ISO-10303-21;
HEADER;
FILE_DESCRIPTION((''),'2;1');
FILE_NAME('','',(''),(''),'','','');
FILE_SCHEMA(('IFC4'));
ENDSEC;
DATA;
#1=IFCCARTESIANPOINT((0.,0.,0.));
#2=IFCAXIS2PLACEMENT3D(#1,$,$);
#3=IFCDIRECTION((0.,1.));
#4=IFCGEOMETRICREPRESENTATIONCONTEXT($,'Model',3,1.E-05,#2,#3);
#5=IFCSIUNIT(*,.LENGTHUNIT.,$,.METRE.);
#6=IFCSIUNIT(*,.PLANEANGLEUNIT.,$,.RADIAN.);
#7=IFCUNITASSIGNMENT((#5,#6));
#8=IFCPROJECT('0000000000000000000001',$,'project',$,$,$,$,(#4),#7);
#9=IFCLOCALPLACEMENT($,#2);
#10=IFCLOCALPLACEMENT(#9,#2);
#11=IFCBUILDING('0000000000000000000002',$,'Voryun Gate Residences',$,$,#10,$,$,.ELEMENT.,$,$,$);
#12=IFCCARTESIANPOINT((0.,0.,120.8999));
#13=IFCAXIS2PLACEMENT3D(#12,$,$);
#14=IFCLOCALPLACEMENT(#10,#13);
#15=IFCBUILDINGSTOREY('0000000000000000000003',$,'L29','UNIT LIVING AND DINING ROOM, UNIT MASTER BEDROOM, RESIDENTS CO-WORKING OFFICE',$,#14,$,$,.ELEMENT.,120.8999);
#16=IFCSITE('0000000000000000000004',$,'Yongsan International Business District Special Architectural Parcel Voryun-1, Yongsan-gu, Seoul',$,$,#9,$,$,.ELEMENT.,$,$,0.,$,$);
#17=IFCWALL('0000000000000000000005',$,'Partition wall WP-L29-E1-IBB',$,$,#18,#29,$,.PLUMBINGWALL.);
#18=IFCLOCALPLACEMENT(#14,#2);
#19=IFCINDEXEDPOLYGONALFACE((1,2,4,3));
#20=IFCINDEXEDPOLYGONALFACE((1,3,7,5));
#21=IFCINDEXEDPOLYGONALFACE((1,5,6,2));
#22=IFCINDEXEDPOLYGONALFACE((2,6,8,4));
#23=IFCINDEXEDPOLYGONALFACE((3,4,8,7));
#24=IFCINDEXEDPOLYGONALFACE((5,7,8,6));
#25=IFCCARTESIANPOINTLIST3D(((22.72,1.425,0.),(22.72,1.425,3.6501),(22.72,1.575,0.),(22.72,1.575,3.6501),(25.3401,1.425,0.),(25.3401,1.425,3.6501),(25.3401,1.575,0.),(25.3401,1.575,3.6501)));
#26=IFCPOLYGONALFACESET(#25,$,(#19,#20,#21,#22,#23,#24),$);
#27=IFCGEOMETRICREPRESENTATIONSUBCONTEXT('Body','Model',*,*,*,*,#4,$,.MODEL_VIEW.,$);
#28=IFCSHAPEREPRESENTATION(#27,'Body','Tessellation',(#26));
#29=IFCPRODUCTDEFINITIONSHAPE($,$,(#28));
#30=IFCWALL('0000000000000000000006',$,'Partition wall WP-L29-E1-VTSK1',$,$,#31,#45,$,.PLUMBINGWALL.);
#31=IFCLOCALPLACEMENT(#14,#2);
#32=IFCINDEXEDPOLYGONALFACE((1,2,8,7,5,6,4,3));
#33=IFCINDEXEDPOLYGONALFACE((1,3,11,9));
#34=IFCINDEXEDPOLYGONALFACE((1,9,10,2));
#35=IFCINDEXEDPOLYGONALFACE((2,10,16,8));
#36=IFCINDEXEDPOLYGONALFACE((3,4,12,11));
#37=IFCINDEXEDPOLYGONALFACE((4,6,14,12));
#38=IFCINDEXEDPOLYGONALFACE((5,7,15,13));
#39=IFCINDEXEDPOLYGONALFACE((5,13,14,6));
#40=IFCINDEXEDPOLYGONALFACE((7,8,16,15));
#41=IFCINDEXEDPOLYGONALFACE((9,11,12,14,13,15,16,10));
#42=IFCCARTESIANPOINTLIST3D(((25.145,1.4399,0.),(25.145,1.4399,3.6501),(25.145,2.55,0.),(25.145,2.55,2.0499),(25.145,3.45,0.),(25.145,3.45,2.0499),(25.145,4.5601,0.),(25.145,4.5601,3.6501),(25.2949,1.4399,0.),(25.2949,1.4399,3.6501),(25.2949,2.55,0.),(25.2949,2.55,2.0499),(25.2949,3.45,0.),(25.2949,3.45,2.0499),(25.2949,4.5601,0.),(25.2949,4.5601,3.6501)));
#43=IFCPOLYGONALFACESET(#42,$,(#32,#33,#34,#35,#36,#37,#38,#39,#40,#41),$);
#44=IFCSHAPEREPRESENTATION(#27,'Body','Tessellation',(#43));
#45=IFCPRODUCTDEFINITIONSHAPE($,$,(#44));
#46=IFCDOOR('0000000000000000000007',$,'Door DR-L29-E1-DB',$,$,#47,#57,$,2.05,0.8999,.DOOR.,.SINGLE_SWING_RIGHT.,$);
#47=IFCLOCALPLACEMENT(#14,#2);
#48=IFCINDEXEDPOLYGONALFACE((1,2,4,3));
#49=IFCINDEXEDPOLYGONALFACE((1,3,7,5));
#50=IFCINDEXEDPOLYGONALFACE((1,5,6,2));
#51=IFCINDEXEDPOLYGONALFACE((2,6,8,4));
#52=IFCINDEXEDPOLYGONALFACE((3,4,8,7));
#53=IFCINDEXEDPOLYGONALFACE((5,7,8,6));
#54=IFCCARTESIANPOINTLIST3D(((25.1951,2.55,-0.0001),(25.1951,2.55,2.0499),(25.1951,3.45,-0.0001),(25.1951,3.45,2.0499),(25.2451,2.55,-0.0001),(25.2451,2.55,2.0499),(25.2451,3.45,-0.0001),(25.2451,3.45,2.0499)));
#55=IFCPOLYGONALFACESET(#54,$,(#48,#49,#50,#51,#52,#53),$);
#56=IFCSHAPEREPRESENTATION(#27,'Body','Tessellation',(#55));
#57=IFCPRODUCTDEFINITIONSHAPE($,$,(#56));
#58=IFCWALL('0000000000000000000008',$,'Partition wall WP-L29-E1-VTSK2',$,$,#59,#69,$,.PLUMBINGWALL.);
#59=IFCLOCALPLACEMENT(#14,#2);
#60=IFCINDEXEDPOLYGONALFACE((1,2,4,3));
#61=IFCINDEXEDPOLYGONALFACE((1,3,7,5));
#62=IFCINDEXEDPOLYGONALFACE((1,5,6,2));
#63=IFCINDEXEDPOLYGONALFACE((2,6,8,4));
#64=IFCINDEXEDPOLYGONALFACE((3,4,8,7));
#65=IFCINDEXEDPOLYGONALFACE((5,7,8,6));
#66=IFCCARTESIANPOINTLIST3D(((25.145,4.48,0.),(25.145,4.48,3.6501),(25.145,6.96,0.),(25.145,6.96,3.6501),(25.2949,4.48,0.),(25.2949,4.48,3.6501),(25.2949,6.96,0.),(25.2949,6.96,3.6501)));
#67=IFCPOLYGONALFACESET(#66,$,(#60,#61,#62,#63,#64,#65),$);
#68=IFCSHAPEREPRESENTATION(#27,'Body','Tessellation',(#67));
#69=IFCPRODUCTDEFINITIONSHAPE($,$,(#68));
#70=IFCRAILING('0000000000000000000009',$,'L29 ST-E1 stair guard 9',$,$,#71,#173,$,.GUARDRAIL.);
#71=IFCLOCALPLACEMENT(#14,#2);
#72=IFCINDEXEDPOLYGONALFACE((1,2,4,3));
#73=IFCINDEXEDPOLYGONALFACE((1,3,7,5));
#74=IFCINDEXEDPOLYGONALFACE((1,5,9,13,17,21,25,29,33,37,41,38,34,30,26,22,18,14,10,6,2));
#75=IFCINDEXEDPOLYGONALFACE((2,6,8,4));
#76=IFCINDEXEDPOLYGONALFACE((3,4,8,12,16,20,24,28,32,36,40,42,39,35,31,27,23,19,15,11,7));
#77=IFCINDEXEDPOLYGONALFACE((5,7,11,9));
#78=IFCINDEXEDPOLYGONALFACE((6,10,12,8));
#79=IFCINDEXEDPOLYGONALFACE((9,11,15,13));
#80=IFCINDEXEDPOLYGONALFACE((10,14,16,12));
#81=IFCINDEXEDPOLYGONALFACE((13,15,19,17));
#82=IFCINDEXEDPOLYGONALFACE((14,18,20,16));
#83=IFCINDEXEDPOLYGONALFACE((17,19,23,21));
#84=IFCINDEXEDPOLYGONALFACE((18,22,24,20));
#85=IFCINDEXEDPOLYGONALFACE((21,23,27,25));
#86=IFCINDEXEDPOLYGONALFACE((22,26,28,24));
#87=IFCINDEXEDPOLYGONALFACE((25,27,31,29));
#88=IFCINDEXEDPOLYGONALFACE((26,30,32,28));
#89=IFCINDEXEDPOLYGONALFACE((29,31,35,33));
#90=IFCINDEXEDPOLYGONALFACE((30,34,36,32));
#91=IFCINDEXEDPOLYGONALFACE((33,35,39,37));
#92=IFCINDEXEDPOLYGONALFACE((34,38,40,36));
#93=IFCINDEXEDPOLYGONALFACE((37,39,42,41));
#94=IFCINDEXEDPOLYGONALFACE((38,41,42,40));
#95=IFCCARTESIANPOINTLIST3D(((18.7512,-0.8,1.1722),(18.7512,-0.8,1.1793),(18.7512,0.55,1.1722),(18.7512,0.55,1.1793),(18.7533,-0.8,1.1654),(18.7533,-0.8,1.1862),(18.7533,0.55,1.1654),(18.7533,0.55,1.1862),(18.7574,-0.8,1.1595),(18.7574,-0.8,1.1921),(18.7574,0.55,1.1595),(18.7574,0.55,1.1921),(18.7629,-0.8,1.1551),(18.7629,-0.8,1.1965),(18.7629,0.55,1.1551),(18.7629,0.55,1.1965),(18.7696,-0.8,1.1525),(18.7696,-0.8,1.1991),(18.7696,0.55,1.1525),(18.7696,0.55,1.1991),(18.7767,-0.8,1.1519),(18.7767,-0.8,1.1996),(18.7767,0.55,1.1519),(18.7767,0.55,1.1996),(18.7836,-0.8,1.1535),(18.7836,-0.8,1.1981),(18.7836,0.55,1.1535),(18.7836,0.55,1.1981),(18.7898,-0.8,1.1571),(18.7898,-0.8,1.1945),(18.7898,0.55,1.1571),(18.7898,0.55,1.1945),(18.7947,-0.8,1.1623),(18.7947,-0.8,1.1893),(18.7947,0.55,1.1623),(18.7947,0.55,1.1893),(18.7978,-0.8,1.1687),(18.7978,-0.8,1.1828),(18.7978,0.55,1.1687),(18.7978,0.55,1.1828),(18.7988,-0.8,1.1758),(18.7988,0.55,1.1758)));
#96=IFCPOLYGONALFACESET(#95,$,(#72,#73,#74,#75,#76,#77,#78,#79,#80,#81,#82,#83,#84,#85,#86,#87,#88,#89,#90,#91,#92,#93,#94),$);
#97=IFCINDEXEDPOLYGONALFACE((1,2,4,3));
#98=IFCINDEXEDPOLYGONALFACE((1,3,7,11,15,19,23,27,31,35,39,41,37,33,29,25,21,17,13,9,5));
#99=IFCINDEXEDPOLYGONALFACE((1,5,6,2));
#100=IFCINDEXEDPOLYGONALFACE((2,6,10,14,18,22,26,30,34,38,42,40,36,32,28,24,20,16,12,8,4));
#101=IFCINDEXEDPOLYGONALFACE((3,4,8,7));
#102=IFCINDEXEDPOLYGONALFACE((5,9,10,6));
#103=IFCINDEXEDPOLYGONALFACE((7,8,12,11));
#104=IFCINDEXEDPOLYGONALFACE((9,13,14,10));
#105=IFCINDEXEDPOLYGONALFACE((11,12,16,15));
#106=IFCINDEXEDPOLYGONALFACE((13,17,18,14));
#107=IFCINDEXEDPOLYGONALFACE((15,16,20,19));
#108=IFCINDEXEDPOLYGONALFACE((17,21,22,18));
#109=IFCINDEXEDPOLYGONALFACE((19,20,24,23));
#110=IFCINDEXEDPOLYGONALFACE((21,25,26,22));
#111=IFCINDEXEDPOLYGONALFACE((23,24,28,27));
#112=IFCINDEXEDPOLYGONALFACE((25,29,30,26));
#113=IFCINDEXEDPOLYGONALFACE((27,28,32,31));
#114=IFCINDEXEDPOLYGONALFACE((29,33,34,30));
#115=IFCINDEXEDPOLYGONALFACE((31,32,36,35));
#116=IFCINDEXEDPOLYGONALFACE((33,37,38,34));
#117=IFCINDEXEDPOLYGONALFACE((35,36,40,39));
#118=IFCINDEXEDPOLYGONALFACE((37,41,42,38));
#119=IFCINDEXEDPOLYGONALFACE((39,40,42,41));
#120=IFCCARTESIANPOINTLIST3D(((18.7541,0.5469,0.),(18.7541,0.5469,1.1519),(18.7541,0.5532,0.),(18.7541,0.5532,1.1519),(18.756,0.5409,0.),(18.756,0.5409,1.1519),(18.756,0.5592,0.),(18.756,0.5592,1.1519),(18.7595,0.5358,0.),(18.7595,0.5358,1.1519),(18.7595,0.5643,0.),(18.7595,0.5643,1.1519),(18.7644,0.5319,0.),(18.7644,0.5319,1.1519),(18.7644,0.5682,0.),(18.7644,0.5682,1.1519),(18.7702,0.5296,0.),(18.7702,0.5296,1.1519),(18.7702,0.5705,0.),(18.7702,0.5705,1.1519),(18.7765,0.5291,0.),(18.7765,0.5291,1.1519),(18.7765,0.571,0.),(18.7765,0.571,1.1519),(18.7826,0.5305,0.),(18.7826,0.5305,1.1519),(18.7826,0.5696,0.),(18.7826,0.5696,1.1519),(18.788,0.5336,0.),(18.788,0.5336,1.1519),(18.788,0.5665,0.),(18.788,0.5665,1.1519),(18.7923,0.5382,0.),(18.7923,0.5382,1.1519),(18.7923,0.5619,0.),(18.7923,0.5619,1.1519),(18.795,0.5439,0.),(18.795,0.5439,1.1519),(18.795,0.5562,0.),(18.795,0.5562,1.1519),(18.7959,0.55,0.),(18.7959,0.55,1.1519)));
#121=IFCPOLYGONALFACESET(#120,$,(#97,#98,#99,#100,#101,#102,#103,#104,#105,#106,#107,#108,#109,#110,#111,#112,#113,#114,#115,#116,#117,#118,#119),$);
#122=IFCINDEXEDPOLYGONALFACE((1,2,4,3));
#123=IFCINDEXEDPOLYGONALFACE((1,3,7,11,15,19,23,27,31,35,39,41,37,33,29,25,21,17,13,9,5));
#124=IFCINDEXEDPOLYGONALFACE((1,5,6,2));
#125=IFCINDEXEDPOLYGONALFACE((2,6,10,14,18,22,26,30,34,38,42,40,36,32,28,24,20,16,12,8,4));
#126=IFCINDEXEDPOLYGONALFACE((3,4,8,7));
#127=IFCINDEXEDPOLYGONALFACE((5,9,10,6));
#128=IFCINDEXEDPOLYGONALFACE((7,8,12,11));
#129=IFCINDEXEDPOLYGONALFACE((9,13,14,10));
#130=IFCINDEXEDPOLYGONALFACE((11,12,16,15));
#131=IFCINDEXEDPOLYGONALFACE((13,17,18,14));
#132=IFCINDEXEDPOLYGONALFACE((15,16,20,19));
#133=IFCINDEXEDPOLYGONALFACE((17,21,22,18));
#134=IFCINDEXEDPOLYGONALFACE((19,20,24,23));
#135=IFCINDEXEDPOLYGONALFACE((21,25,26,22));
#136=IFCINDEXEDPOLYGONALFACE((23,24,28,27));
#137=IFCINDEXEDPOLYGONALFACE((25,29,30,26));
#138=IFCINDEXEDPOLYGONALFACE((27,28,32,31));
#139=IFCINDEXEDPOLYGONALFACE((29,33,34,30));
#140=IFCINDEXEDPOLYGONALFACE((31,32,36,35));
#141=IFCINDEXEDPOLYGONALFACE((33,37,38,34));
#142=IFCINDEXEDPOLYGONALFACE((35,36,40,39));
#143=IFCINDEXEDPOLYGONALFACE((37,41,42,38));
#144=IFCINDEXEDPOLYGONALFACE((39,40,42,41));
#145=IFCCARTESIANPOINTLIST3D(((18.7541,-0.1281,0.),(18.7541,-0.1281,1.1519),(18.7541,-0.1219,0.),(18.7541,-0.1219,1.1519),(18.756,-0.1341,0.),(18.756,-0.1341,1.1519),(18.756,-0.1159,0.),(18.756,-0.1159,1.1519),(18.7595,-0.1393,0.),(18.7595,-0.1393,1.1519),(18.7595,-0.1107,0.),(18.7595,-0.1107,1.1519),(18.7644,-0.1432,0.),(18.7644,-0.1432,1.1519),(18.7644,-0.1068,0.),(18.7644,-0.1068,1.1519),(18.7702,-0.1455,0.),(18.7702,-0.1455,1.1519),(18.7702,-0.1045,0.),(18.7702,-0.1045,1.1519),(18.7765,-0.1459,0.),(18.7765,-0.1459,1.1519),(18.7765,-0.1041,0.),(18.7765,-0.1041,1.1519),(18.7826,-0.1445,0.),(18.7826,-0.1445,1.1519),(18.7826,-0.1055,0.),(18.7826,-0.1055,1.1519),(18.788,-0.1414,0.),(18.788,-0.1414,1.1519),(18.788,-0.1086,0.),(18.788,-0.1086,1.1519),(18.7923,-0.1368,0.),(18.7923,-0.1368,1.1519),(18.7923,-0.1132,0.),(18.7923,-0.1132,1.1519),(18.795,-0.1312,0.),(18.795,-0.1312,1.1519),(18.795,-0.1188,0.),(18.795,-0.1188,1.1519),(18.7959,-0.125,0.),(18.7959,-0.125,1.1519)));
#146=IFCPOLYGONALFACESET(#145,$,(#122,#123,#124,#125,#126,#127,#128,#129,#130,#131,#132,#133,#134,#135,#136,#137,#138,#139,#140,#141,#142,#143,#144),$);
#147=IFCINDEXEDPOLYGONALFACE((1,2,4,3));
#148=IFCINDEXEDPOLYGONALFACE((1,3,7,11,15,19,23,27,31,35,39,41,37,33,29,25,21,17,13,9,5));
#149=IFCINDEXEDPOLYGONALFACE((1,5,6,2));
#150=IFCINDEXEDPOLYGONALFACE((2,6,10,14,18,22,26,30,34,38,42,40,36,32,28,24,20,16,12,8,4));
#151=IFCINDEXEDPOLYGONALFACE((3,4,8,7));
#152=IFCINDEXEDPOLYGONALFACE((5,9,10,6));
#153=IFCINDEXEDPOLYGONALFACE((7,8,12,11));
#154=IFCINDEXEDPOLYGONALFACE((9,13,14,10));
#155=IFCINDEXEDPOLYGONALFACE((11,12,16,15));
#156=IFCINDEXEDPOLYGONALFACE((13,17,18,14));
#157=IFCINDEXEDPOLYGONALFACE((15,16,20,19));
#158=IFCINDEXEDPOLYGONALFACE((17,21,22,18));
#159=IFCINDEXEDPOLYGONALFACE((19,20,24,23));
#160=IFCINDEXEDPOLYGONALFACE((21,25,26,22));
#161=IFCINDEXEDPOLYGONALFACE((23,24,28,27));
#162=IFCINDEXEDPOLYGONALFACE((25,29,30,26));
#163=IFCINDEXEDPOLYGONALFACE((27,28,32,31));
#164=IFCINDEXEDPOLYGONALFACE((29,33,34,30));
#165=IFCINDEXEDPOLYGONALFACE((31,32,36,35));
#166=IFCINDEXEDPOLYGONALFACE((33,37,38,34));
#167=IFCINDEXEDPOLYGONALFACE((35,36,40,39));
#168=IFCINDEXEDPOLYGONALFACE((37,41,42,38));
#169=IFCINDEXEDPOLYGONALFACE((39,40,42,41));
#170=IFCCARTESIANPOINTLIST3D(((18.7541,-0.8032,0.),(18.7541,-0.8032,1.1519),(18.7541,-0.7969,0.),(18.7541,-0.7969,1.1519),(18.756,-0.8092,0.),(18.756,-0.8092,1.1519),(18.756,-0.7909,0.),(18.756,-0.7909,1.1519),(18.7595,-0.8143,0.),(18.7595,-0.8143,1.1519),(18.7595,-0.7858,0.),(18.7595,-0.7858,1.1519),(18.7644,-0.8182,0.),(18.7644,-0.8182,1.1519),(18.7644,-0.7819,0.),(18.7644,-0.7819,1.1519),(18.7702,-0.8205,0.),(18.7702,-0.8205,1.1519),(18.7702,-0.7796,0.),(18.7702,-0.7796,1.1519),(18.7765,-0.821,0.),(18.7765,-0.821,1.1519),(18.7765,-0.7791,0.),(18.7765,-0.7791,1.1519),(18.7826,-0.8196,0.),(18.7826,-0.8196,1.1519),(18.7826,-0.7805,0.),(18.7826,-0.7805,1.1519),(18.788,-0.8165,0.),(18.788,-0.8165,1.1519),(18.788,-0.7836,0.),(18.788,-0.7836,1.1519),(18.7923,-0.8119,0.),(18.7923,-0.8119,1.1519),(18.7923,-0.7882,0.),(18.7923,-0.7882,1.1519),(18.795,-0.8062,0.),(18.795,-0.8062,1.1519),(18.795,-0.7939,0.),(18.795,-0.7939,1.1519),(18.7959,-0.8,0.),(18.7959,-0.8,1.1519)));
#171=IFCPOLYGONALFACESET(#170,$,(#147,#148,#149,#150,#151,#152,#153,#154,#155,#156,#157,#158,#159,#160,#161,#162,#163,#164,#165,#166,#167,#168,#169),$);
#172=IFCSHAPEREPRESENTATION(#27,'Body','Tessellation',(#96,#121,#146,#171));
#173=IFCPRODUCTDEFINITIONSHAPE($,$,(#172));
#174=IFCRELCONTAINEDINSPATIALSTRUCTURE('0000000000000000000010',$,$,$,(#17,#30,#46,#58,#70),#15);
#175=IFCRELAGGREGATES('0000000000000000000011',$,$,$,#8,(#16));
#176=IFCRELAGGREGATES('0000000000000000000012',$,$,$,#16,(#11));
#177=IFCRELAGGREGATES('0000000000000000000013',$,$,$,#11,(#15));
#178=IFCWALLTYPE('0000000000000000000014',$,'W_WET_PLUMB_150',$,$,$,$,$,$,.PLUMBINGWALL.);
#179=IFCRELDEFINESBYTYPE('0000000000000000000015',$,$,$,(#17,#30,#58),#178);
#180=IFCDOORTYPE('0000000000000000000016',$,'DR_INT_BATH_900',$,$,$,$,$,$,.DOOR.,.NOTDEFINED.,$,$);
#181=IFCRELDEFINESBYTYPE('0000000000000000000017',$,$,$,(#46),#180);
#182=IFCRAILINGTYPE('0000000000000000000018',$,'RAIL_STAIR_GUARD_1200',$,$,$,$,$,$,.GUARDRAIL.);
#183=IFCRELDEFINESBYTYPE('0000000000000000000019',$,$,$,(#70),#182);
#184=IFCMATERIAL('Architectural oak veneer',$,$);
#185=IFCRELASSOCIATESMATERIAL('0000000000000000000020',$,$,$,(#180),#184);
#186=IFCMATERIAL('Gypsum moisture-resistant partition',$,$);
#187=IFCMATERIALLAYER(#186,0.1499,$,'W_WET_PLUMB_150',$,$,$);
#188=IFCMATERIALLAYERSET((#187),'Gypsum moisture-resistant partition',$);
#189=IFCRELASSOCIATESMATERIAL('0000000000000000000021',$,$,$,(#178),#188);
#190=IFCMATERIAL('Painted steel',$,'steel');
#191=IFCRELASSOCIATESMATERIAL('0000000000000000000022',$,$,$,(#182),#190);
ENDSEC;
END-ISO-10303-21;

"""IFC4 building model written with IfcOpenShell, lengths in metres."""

from ifc_helpers import new_model, si_unit, direction, frame, frame_2d, origin, origin_2d, place, context, subcontext, project, spatial, rectangle, circle, extrude, material, layer, layer_set, type_object, element, fill, save


model = new_model("IFC4")

# Units and contexts
model_context = context("Model", 3, precision=1e-05, world=origin(), true_north=direction((0.0, 1.0)))
body_context = subcontext(model_context, "Body", "Model", "MODEL_VIEW")
ifc_project = project(units=[si_unit("LENGTHUNIT", "METRE"), si_unit("PLANEANGLEUNIT", "RADIAN")], contexts=[model_context])

# Site, building, storey
site_placement = place(None, origin())
site = spatial("IfcSite", under=ifc_project, at=site_placement, Name="Yongsan International Business District Special Architectural Parcel Voryun-1, Yongsan-gu, Seoul", CompositionType="ELEMENT", RefElevation=0.0)
building_placement = place(site_placement, origin())
building = spatial("IfcBuilding", under=site, at=building_placement, Name="Voryun Gate Residences", CompositionType="ELEMENT")
storey_placement = place(building_placement, frame((0.0, 0.0, 120.8999)))
storey = spatial("IfcBuildingStorey", under=building, at=storey_placement, Name="L29", Description="UNIT LIVING AND DINING ROOM, UNIT MASTER BEDROOM, RESIDENTS CO-WORKING OFFICE", CompositionType="ELEMENT", Elevation=120.8999)

# Shared definitions
ifc_material_1 = material(Name="Architectural oak veneer")
door_type_1 = type_object("IfcDoorType", Name="DR_INT_BATH_900", OperationType="NOTDEFINED", PredefinedType="DOOR", material=ifc_material_1)
ifc_material_2 = material(Name="Gypsum moisture-resistant partition")
ifc_layer_1 = layer(ifc_material_2, 0.1499, Name="W_WET_PLUMB_150")
ifc_layer_set_1 = layer_set([ifc_layer_1], Name="Gypsum moisture-resistant partition")
wall_type_1 = type_object("IfcWallType", Name="W_WET_PLUMB_150", PredefinedType="PLUMBINGWALL", material=ifc_layer_set_1)

# Wall
for number, where, z_axis, x_axis, name in (
    (1, (22.72, 1.5, 0.0), (0.0, 0.0, 1.0), (1.0, 0.0, 0.0), "Partition wall WP-L29-E1-IBB"),
):
    element("IfcWall", number, at=place(storey_placement, frame(where, z_axis=z_axis, x_axis=x_axis)), inside=storey, type_object=wall_type_1, Name=name, PredefinedType="PLUMBINGWALL", context=body_context, shape_type="SweptSolid", body=[
        extrude(rectangle(XDim=2.6201, YDim=0.1499, at=frame_2d((1.3101, 0.0))), origin(), (0.0, 0.0, 1.0), 3.6501),
    ])

# Wall, opening, door
wall_1_placement = place(storey_placement, frame((25.22, 1.4399, 0.0), z_axis=(0.0, 0.0, 1.0), x_axis=(0.0, 1.0, 0.0)))
wall_1 = element("IfcWall", 2, at=wall_1_placement, inside=storey, type_object=wall_type_1, Name="Partition wall WP-L29-E1-VTSK1", PredefinedType="PLUMBINGWALL", context=body_context, shape_type="SweptSolid", body=[
    extrude(rectangle(XDim=3.1201, YDim=0.1499, at=frame_2d((1.5601, 0.0))), origin(), (0.0, 0.0, 1.0), 3.6501),
])
opening_1_placement = place(wall_1_placement, frame((1.1101, 0.0, 0.0)))
opening_1 = element("IfcOpeningElement", 3, at=opening_1_placement, cuts=wall_1, PredefinedType="OPENING", context=body_context, shape_type="SweptSolid", body=[
    extrude(rectangle(XDim=0.8999, YDim=2.05, at=frame_2d((0.45, 1.0249))), frame((0.0, 0.085, 0.0), z_axis=(0.0, -1.0, 0.0), x_axis=(1.0, 0.0, 0.0)), (0.0, 0.0, 1.0), 0.1699),
])
door_1_placement = place(opening_1_placement, origin())
door_1 = element("IfcDoor", 4, at=door_1_placement, inside=storey, type_object=door_type_1, Name="Door DR-L29-E1-DB", OperationType="SINGLE_SWING_RIGHT", OverallHeight=2.05, OverallWidth=0.8999, PredefinedType="DOOR", context=body_context, shape_type="SweptSolid", body=[
    extrude(rectangle(XDim=0.8999, YDim=2.05, at=frame_2d((0.45, 1.0249))), frame((0.0, 0.0249, 0.0), z_axis=(0.0, -1.0, 0.0), x_axis=(1.0, 0.0, 0.0)), (0.0, 0.0, 1.0), 0.05),
])
fill(opening_1, door_1)

# Wall
wall_2_placement = place(storey_placement, frame((25.22, 4.48, 0.0), z_axis=(0.0, 0.0, 1.0), x_axis=(0.0, 1.0, 0.0)))
element("IfcWall", 5, at=wall_2_placement, inside=storey, type_object=wall_type_1, Name="Partition wall WP-L29-E1-VTSK2", PredefinedType="PLUMBINGWALL", context=body_context, shape_type="SweptSolid", body=[
    extrude(rectangle(XDim=2.48, YDim=0.1499, at=frame_2d((1.24, 0.0))), origin(), (0.0, 0.0, 1.0), 3.6501),
])

# Railing
ifc_material_3 = material(Name="Painted steel", Category="steel")
railing_type = type_object("IfcRailingType", Name="RAIL_STAIR_GUARD_1200", PredefinedType="GUARDRAIL", material=ifc_material_3)
railing_1_placement = place(storey_placement, frame((18.7749, 0.55, 0.0)))
element("IfcRailing", 6, at=railing_1_placement, inside=storey, type_object=railing_type, Name="L29 ST-E1 stair guard 9", PredefinedType="GUARDRAIL", context=body_context, shape_type="SweptSolid", body=[
    extrude(circle(Radius=0.0239, at=origin_2d()), frame((0.0, 0.0, 1.1758), z_axis=(0.0, -1.0, 0.0), x_axis=(1.0, 0.0, 0.0)), (0.0, 0.0, 1.0), 1.3501),
    extrude(circle(Radius=0.021, at=origin_2d()), origin(), (0.0, 0.0, 1.0), 1.1519),
    extrude(circle(Radius=0.021, at=origin_2d()), frame((0.0, -0.675, 0.0)), (0.0, 0.0, 1.0), 1.1519),
    extrude(circle(Radius=0.021, at=origin_2d()), frame((0.0, -1.3501, 0.0)), (0.0, 0.0, 1.0), 1.1519),
])

save(model, "model.ifc")
